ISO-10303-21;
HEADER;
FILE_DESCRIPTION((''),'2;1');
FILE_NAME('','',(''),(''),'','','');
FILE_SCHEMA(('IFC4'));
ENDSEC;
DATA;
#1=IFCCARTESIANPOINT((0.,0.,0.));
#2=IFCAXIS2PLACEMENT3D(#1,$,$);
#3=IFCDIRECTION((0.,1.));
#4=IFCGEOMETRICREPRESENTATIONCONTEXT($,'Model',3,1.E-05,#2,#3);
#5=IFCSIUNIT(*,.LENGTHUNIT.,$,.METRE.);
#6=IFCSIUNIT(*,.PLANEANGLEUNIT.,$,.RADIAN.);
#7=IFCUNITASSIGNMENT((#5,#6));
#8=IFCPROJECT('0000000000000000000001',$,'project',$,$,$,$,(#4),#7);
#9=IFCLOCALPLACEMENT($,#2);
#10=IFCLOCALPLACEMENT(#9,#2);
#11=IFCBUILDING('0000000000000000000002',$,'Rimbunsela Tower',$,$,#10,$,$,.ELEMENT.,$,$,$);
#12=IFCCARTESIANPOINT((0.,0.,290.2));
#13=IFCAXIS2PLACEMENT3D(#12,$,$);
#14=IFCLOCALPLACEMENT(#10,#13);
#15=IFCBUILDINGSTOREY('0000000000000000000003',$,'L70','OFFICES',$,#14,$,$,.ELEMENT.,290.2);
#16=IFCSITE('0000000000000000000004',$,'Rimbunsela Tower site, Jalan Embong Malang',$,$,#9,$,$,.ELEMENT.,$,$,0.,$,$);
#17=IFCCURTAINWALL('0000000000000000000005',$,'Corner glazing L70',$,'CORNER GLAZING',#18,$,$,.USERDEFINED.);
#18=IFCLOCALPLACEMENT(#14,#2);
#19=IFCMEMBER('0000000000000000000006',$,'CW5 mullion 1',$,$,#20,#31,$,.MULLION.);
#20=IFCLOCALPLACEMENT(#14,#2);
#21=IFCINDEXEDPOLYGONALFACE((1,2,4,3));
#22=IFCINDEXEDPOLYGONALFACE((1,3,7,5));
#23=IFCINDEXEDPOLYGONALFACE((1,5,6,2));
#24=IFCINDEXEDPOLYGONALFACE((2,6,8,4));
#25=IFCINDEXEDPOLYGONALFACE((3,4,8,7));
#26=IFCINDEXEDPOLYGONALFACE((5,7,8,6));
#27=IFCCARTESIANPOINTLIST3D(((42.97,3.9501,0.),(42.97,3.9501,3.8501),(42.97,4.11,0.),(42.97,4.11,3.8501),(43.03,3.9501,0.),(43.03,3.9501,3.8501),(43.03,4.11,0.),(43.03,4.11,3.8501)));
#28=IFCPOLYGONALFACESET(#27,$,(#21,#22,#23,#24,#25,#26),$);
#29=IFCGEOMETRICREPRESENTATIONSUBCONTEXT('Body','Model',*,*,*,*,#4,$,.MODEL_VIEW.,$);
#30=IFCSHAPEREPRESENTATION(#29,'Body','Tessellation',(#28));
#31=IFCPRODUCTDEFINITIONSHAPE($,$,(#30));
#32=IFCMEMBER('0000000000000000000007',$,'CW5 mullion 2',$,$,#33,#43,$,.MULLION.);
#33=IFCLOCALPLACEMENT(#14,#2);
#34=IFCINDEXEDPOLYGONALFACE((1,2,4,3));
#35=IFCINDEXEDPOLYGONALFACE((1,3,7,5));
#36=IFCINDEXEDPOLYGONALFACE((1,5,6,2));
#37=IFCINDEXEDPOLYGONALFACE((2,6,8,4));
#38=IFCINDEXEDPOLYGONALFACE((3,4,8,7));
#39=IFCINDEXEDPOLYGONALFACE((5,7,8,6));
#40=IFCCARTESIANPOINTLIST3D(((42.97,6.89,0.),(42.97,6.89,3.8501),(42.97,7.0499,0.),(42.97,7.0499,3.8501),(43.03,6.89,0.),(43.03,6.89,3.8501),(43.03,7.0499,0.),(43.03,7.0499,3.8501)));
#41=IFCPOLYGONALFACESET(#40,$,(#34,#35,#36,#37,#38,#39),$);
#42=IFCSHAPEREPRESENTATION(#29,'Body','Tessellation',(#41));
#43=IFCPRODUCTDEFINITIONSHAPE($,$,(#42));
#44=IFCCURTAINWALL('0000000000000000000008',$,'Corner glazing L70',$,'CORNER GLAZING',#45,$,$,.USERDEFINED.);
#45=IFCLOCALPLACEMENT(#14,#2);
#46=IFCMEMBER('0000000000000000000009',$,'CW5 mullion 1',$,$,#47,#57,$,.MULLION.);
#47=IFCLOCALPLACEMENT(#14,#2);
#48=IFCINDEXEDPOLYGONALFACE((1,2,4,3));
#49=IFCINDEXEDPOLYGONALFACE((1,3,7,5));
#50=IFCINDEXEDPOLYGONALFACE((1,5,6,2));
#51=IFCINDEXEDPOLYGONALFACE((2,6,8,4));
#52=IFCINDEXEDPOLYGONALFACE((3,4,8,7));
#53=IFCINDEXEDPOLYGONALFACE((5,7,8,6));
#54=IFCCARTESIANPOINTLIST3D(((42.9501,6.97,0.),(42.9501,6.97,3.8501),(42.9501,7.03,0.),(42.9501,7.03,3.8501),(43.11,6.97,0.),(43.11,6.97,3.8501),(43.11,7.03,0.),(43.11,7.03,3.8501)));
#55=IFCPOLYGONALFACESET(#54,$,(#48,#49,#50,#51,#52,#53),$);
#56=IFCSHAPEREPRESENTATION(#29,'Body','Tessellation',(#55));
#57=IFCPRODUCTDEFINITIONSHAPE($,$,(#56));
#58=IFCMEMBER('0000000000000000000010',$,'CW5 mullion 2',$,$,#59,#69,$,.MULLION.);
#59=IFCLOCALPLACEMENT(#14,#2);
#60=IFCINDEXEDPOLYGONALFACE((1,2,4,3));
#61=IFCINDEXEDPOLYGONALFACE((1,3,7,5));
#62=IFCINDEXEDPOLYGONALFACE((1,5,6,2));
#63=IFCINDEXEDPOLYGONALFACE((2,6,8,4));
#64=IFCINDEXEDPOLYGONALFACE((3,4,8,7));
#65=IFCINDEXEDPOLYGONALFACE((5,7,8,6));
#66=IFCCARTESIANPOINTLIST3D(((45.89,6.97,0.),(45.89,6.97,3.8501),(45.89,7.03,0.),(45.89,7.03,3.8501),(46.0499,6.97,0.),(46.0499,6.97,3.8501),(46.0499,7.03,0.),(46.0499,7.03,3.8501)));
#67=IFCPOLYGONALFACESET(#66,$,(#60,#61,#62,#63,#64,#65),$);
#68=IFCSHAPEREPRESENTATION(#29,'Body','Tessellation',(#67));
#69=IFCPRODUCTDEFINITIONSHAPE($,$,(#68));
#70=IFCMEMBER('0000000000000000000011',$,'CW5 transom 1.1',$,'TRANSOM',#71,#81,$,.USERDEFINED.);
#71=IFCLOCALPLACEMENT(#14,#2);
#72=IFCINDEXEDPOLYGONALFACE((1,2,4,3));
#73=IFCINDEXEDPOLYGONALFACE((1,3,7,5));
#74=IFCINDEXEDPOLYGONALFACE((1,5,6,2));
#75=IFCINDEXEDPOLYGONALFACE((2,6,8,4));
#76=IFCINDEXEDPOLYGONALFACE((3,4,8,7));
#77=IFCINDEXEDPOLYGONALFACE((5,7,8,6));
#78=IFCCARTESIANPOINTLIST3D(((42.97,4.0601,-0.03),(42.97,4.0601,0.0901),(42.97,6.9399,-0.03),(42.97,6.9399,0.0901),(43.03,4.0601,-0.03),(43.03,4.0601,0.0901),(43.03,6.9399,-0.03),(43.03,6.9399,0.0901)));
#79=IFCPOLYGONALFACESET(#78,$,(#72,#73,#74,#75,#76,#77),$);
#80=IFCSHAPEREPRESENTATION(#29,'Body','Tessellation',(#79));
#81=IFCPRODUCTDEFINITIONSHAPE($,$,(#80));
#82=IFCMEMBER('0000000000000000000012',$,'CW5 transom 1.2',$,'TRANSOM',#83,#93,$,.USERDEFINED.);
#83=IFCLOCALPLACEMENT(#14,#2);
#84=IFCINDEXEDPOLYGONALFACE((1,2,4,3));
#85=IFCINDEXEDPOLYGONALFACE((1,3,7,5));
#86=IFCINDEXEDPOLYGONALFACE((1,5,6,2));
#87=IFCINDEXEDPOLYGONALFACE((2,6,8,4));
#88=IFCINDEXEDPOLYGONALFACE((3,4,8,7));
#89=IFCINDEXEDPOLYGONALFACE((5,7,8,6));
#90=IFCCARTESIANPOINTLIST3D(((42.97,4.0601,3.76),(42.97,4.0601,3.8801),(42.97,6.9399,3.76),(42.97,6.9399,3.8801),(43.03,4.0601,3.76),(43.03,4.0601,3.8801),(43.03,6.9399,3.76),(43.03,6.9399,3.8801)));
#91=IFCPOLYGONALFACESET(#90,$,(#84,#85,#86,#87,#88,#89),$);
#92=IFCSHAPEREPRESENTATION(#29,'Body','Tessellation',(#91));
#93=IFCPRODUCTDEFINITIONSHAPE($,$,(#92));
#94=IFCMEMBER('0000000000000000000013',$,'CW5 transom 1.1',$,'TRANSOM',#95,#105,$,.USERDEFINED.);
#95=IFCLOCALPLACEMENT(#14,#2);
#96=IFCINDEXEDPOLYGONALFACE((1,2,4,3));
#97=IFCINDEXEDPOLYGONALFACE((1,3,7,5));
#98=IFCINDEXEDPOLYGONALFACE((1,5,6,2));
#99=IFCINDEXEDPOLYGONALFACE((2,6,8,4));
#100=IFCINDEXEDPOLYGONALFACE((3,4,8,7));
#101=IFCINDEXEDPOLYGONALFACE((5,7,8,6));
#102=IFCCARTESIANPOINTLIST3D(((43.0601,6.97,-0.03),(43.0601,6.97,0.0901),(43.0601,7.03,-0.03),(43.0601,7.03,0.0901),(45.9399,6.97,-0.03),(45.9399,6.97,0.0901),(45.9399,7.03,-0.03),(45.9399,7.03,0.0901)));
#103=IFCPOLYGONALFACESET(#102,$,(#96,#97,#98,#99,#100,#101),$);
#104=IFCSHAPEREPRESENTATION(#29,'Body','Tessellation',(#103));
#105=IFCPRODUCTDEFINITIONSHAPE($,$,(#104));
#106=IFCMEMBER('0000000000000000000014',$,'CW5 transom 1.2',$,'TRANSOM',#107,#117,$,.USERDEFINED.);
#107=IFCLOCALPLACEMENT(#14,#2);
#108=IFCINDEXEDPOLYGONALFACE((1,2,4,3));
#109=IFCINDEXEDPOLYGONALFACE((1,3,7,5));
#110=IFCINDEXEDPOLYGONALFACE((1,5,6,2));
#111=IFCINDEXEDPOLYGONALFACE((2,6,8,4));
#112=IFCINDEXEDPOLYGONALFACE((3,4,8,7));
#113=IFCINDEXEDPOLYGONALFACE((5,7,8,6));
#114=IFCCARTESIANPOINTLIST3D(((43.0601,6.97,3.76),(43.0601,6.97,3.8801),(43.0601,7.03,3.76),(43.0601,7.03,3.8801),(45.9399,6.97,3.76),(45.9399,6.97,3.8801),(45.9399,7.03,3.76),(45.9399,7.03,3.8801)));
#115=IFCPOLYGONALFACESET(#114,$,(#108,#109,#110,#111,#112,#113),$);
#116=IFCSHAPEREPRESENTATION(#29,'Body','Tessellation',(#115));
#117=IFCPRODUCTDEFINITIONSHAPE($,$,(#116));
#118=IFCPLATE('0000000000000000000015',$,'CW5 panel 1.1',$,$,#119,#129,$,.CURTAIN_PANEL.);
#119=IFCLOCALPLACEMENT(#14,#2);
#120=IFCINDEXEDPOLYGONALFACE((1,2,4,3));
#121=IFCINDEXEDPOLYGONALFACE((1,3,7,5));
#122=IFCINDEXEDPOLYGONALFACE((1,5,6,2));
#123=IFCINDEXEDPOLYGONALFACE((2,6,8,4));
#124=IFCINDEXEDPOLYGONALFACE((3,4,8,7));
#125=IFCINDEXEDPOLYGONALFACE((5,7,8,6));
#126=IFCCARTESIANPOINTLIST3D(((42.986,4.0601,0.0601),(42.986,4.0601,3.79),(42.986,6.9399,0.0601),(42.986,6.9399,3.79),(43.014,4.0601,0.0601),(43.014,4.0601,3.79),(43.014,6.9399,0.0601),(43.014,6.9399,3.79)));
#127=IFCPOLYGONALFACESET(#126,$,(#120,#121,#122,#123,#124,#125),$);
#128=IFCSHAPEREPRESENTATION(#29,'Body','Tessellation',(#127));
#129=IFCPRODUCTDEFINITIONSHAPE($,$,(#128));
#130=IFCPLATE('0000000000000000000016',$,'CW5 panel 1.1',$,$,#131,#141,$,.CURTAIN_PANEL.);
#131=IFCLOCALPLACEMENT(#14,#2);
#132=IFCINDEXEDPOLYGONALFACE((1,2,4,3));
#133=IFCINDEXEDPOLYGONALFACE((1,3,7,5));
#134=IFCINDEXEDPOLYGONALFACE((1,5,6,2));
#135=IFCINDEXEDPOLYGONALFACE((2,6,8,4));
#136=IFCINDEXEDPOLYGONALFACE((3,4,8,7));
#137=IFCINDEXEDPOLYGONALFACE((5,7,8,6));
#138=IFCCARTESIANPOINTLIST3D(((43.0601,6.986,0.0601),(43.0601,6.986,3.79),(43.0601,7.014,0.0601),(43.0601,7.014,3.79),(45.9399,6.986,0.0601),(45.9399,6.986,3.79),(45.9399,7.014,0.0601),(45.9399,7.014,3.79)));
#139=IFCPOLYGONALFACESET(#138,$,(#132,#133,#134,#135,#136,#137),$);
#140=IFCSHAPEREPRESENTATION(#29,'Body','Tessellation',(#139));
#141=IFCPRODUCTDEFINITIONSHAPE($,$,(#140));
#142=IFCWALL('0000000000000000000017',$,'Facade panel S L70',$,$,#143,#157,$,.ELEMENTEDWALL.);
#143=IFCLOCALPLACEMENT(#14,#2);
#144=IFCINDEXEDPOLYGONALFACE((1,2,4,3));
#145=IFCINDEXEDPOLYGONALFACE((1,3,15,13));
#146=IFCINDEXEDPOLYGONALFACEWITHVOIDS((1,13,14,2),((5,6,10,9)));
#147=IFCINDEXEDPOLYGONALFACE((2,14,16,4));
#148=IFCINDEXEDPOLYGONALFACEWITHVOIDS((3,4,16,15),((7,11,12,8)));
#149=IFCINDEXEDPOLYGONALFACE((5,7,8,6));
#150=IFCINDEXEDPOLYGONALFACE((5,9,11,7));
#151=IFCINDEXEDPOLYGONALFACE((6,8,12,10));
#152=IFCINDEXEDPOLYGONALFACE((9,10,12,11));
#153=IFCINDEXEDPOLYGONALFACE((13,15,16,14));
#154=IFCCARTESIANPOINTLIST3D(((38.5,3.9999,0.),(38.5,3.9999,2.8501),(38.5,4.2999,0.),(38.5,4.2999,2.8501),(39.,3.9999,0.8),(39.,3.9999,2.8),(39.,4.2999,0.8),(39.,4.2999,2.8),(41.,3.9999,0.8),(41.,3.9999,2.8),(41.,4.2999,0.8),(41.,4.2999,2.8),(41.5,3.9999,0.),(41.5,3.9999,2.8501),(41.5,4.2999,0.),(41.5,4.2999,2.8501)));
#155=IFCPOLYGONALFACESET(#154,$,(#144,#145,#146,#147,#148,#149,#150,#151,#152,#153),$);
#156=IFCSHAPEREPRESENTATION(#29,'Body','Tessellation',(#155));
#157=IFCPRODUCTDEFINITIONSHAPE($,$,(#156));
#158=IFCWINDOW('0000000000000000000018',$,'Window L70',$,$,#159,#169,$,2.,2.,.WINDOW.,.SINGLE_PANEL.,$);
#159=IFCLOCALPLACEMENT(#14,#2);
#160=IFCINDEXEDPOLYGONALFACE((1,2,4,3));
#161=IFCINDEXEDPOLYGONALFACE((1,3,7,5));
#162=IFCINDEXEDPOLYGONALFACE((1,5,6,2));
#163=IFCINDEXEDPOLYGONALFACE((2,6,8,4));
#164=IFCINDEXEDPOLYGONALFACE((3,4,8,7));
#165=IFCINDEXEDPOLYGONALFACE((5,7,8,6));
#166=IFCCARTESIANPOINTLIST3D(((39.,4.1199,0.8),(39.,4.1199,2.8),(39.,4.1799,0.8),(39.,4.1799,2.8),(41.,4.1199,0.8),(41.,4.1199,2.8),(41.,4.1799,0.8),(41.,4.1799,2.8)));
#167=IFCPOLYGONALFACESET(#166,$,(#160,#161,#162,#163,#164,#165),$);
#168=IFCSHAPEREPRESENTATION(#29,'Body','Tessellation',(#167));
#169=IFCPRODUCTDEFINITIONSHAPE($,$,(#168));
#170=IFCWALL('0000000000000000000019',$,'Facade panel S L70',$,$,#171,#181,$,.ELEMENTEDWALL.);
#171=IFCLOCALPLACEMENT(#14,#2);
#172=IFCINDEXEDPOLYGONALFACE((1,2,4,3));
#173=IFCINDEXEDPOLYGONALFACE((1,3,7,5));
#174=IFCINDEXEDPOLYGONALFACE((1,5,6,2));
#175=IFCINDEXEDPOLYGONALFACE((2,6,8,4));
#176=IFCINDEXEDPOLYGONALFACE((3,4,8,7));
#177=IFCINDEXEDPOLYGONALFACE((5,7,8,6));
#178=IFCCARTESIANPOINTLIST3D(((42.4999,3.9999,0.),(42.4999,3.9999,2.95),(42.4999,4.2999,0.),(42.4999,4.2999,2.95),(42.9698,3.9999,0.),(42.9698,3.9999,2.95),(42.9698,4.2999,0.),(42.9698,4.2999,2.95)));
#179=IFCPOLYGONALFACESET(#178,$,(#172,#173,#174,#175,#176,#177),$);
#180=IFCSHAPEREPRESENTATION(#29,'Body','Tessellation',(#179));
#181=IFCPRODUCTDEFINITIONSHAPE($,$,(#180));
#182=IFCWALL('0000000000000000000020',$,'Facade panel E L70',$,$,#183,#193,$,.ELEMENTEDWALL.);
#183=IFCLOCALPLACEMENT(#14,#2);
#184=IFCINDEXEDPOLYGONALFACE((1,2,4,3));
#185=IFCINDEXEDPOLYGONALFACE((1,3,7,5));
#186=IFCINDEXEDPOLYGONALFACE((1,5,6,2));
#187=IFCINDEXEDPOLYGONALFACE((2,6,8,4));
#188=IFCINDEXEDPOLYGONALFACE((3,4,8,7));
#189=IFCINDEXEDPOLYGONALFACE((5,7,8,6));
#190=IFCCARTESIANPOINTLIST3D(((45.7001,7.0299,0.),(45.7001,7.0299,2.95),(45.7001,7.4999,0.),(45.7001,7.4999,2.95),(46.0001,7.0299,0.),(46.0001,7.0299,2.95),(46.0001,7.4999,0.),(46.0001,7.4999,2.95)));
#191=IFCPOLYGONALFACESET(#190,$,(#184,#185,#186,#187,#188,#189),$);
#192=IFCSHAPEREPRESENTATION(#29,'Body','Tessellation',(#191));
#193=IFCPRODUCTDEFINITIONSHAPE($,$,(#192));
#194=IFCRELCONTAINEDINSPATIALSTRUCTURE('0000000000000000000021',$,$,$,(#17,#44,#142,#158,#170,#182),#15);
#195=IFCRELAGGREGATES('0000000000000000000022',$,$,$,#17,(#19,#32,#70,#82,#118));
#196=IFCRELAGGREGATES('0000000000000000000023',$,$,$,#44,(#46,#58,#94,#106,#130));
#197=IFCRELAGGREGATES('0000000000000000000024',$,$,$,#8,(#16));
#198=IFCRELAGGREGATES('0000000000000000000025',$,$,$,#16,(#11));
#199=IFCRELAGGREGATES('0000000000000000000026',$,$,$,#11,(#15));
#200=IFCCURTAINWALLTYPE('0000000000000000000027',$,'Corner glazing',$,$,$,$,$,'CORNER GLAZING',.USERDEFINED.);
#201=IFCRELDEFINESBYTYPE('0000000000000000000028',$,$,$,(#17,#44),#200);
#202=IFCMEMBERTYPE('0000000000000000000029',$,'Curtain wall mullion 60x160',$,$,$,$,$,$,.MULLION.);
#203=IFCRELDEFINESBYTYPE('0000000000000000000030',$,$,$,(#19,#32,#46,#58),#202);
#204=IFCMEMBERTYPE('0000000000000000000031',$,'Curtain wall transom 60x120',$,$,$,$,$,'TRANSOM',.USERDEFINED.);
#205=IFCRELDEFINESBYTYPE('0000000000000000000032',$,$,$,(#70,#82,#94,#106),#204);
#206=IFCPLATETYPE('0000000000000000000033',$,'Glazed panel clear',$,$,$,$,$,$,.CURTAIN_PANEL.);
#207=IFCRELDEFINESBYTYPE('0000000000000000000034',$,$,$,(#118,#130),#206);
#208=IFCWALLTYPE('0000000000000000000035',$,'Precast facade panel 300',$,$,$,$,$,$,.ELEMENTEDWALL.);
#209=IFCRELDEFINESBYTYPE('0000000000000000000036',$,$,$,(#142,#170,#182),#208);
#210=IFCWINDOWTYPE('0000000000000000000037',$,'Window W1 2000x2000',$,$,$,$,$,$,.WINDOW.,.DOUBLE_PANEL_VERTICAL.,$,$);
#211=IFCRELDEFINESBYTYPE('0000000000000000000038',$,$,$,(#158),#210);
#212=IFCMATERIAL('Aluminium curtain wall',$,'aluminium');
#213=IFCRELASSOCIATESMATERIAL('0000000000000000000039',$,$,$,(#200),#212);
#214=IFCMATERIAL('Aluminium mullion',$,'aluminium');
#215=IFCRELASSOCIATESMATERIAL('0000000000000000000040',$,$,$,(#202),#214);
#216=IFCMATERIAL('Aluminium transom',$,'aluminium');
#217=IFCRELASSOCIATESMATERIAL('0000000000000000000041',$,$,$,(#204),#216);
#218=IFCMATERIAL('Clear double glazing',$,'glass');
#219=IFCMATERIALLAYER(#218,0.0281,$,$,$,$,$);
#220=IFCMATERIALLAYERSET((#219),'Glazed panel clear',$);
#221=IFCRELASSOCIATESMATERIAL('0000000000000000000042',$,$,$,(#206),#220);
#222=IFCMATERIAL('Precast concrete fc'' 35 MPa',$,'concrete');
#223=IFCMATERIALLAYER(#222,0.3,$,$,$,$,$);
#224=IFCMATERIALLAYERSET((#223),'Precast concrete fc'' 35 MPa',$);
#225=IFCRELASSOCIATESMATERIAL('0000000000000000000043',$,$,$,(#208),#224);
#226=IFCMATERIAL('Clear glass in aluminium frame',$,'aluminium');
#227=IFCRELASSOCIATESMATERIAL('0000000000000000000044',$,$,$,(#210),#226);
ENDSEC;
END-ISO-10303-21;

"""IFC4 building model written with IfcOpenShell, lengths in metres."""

from ifc_helpers import new_model, si_unit, direction, frame, frame_2d, origin, origin_2d, place, context, subcontext, project, spatial, rectangle, extrude, material, layer, layer_set, material_profile, profile_set, type_object, element, fill, aggregate, save


model = new_model("IFC4")

# Units and contexts
model_context = context("Model", 3, precision=1e-05, world=origin(), true_north=direction((0.0, 1.0)))
body_context = subcontext(model_context, "Body", "Model", "MODEL_VIEW")
ifc_project = project(units=[si_unit("LENGTHUNIT", "METRE"), si_unit("PLANEANGLEUNIT", "RADIAN")], contexts=[model_context])

# Site, building, storey
site_placement = place(None, origin())
site = spatial("IfcSite", under=ifc_project, at=site_placement, Name="Rimbunsela Tower site, Jalan Embong Malang", CompositionType="ELEMENT", RefElevation=0.0)
building_placement = place(site_placement, origin())
building = spatial("IfcBuilding", under=site, at=building_placement, Name="Rimbunsela Tower", CompositionType="ELEMENT")
storey_placement = place(building_placement, frame((0.0, 0.0, 290.2)))
storey = spatial("IfcBuildingStorey", under=building, at=storey_placement, Name="L70", Description="OFFICES", CompositionType="ELEMENT", Elevation=290.2)

# Curtain walls, members
ifc_material_1 = material(Name="Aluminium curtain wall", Category="aluminium")
curtain_wall_type = type_object("IfcCurtainWallType", Name="Corner glazing", ElementType="CORNER GLAZING", PredefinedType="USERDEFINED", material=ifc_material_1)
curtain_wall_1_placement = place(storey_placement, origin())
curtain_wall_1 = element("IfcCurtainWall", 1, at=curtain_wall_1_placement, inside=storey, type_object=curtain_wall_type, Name="Corner glazing L70", ObjectType="CORNER GLAZING", PredefinedType="USERDEFINED")
ifc_material_2 = material(Name="Aluminium mullion", Category="aluminium")
ifc_material_profile_1 = material_profile(ifc_material_2, rectangle(XDim=0.0601, YDim=0.1599, at=origin_2d()), Name="Mullion 60x160")
ifc_profile_set_1 = profile_set([ifc_material_profile_1], Name="Aluminium mullion")
member_type_1 = type_object("IfcMemberType", Name="Curtain wall mullion 60x160", PredefinedType="MULLION", material=ifc_profile_set_1)
member_1_placement = place(storey_placement, frame((43.0, 4.03, 0.0), z_axis=(0.0, 0.0, 1.0), x_axis=(-1.0, 0.0, 0.0)))
member_1 = element("IfcMember", 2, at=member_1_placement, type_object=member_type_1, Name="CW5 mullion 1", PredefinedType="MULLION", context=body_context, shape_type="SweptSolid", body=[
    extrude(rectangle(XDim=0.0601, YDim=0.1599, at=origin_2d()), origin(), (0.0, 0.0, 1.0), 3.8501),
])
member_2_placement = place(storey_placement, frame((43.0, 6.97, 0.0), z_axis=(0.0, 0.0, 1.0), x_axis=(-1.0, 0.0, 0.0)))
member_2 = element("IfcMember", 3, at=member_2_placement, type_object=member_type_1, Name="CW5 mullion 2", PredefinedType="MULLION", context=body_context, shape_type="SweptSolid", body=[
    extrude(rectangle(XDim=0.0601, YDim=0.1599, at=origin_2d()), origin(), (0.0, 0.0, 1.0), 3.8501),
])
curtain_wall_2_placement = place(storey_placement, origin())
curtain_wall_2 = element("IfcCurtainWall", 4, at=curtain_wall_2_placement, inside=storey, type_object=curtain_wall_type, Name="Corner glazing L70", ObjectType="CORNER GLAZING", PredefinedType="USERDEFINED")
member_3_placement = place(storey_placement, frame((43.03, 7.0, 0.0), z_axis=(0.0, 0.0, 1.0), x_axis=(0.0, 1.0, 0.0)))
member_3 = element("IfcMember", 5, at=member_3_placement, type_object=member_type_1, Name="CW5 mullion 1", PredefinedType="MULLION", context=body_context, shape_type="SweptSolid", body=[
    extrude(rectangle(XDim=0.0601, YDim=0.1599, at=origin_2d()), origin(), (0.0, 0.0, 1.0), 3.8501),
])
member_4_placement = place(storey_placement, frame((45.97, 7.0, 0.0), z_axis=(0.0, 0.0, 1.0), x_axis=(0.0, 1.0, 0.0)))
member_4 = element("IfcMember", 6, at=member_4_placement, type_object=member_type_1, Name="CW5 mullion 2", PredefinedType="MULLION", context=body_context, shape_type="SweptSolid", body=[
    extrude(rectangle(XDim=0.0601, YDim=0.1599, at=origin_2d()), origin(), (0.0, 0.0, 1.0), 3.8501),
])

# Members
ifc_material_3 = material(Name="Aluminium transom", Category="aluminium")
ifc_material_profile_2 = material_profile(ifc_material_3, rectangle(XDim=0.0601, YDim=0.1201, at=origin_2d()), Name="Transom 60x120")
ifc_profile_set_2 = profile_set([ifc_material_profile_2], Name="Aluminium transom")
member_type_2 = type_object("IfcMemberType", Name="Curtain wall transom 60x120", ElementType="TRANSOM", PredefinedType="USERDEFINED", material=ifc_profile_set_2)
member_5_placement = place(storey_placement, frame((43.0, 4.0601, 0.03), z_axis=(0.0, 1.0, 0.0), x_axis=(-1.0, 0.0, 0.0)))
member_5 = element("IfcMember", 7, at=member_5_placement, type_object=member_type_2, Name="CW5 transom 1.1", ObjectType="TRANSOM", PredefinedType="USERDEFINED", context=body_context, shape_type="SweptSolid", body=[
    extrude(rectangle(XDim=0.0601, YDim=0.1201, at=origin_2d()), origin(), (0.0, 0.0, 1.0), 2.8799),
])
member_6_placement = place(storey_placement, frame((43.0, 4.0601, 3.8201), z_axis=(0.0, 1.0, 0.0), x_axis=(-1.0, 0.0, 0.0)))
member_6 = element("IfcMember", 8, at=member_6_placement, type_object=member_type_2, Name="CW5 transom 1.2", ObjectType="TRANSOM", PredefinedType="USERDEFINED", context=body_context, shape_type="SweptSolid", body=[
    extrude(rectangle(XDim=0.0601, YDim=0.1201, at=origin_2d()), origin(), (0.0, 0.0, 1.0), 2.8799),
])
member_7_placement = place(storey_placement, frame((43.0601, 7.0, 0.03), z_axis=(1.0, 0.0, 0.0), x_axis=(0.0, 1.0, 0.0)))
member_7 = element("IfcMember", 9, at=member_7_placement, type_object=member_type_2, Name="CW5 transom 1.1", ObjectType="TRANSOM", PredefinedType="USERDEFINED", context=body_context, shape_type="SweptSolid", body=[
    extrude(rectangle(XDim=0.0601, YDim=0.1201, at=origin_2d()), origin(), (0.0, 0.0, 1.0), 2.8799),
])
member_8_placement = place(storey_placement, frame((43.0601, 7.0, 3.8201), z_axis=(1.0, 0.0, 0.0), x_axis=(0.0, 1.0, 0.0)))
member_8 = element("IfcMember", 10, at=member_8_placement, type_object=member_type_2, Name="CW5 transom 1.2", ObjectType="TRANSOM", PredefinedType="USERDEFINED", context=body_context, shape_type="SweptSolid", body=[
    extrude(rectangle(XDim=0.0601, YDim=0.1201, at=origin_2d()), origin(), (0.0, 0.0, 1.0), 2.8799),
])

# Plates
ifc_material_4 = material(Name="Clear double glazing", Category="glass")
ifc_layer_1 = layer(ifc_material_4, 0.0281)
ifc_layer_set_1 = layer_set([ifc_layer_1], Name="Glazed panel clear")
plate_type = type_object("IfcPlateType", Name="Glazed panel clear", PredefinedType="CURTAIN_PANEL", material=ifc_layer_set_1)
plate_1_placement = place(storey_placement, frame((43.0, 5.5, 0.0601), z_axis=(0.0, 0.0, 1.0), x_axis=(0.0, 1.0, 0.0)))
plate_1 = element("IfcPlate", 11, at=plate_1_placement, type_object=plate_type, Name="CW5 panel 1.1", PredefinedType="CURTAIN_PANEL", context=body_context, shape_type="SweptSolid", body=[
    extrude(rectangle(XDim=2.8799, YDim=0.0281, at=origin_2d()), origin(), (0.0, 0.0, 1.0), 3.73),
])
aggregate(curtain_wall_1, [member_1, member_2, member_5, member_6, plate_1])
plate_2_placement = place(storey_placement, frame((44.5, 7.0, 0.0601), z_axis=(0.0, 0.0, 1.0), x_axis=(1.0, 0.0, 0.0)))
plate_2 = element("IfcPlate", 12, at=plate_2_placement, type_object=plate_type, Name="CW5 panel 1.1", PredefinedType="CURTAIN_PANEL", context=body_context, shape_type="SweptSolid", body=[
    extrude(rectangle(XDim=2.8799, YDim=0.0281, at=origin_2d()), origin(), (0.0, 0.0, 1.0), 3.73),
])
aggregate(curtain_wall_2, [member_3, member_4, member_7, member_8, plate_2])

# Wall, opening, window
ifc_material_5 = material(Name="Precast concrete fc' 35 MPa", Category="concrete")
ifc_layer_2 = layer(ifc_material_5, 0.3)
ifc_layer_set_2 = layer_set([ifc_layer_2], Name="Precast concrete fc' 35 MPa")
wall_type = type_object("IfcWallType", Name="Precast facade panel 300", PredefinedType="ELEMENTEDWALL", material=ifc_layer_set_2)
wall_placement = place(storey_placement, frame((38.5, 4.1499, 0.0), z_axis=(0.0, 0.0, 1.0), x_axis=(1.0, 0.0, 0.0)))
wall = element("IfcWall", 13, at=wall_placement, inside=storey, type_object=wall_type, Name="Facade panel S L70", PredefinedType="ELEMENTEDWALL", context=body_context, shape_type="SweptSolid", body=[
    extrude(rectangle(XDim=3.0, YDim=0.3, at=frame_2d((1.5, 0.0))), origin(), (0.0, 0.0, 1.0), 2.8501),
])
opening_placement = place(wall_placement, frame((0.5, 0.0, 0.8)))
opening = element("IfcOpeningElement", 14, at=opening_placement, cuts=wall, PredefinedType="OPENING", context=body_context, shape_type="SweptSolid", body=[
    extrude(rectangle(XDim=2.0, YDim=2.0, at=frame_2d((1.0, 1.0))), frame((0.0, 0.1599, 0.0), z_axis=(0.0, -1.0, 0.0), x_axis=(1.0, 0.0, 0.0)), (0.0, 0.0, 1.0), 0.3201),
])
ifc_material_6 = material(Name="Clear glass in aluminium frame", Category="aluminium")
window_type = type_object("IfcWindowType", Name="Window W1 2000x2000", PartitioningType="DOUBLE_PANEL_VERTICAL", PredefinedType="WINDOW", material=ifc_material_6)
window_placement = place(opening_placement, origin())
window = element("IfcWindow", 15, at=window_placement, inside=storey, type_object=window_type, Name="Window L70", OverallHeight=2.0, OverallWidth=2.0, PartitioningType="SINGLE_PANEL", PredefinedType="WINDOW", context=body_context, shape_type="SweptSolid", body=[
    extrude(rectangle(XDim=2.0, YDim=2.0, at=frame_2d((1.0, 1.0))), frame((0.0, 0.03, 0.0), z_axis=(0.0, -1.0, 0.0), x_axis=(1.0, 0.0, 0.0)), (0.0, 0.0, 1.0), 0.0601),
])
fill(opening, window)

# Walls
for number, where, z_axis, x_axis, name in (
    (16, (42.5, 4.1499, 0.0), (0.0, 0.0, 1.0), (1.0, 0.0, 0.0), "Facade panel S L70"),
    (17, (45.8501, 7.03, 0.0), (0.0, 0.0, 1.0), (0.0, 1.0, 0.0), "Facade panel E L70"),
):
    element("IfcWall", number, at=place(storey_placement, frame(where, z_axis=z_axis, x_axis=x_axis)), inside=storey, type_object=wall_type, Name=name, PredefinedType="ELEMENTEDWALL", context=body_context, shape_type="SweptSolid", body=[
        extrude(rectangle(XDim=0.47, YDim=0.3, at=frame_2d((0.2349, 0.0))), origin(), (0.0, 0.0, 1.0), 2.95),
    ])

save(model, "model.ifc")
